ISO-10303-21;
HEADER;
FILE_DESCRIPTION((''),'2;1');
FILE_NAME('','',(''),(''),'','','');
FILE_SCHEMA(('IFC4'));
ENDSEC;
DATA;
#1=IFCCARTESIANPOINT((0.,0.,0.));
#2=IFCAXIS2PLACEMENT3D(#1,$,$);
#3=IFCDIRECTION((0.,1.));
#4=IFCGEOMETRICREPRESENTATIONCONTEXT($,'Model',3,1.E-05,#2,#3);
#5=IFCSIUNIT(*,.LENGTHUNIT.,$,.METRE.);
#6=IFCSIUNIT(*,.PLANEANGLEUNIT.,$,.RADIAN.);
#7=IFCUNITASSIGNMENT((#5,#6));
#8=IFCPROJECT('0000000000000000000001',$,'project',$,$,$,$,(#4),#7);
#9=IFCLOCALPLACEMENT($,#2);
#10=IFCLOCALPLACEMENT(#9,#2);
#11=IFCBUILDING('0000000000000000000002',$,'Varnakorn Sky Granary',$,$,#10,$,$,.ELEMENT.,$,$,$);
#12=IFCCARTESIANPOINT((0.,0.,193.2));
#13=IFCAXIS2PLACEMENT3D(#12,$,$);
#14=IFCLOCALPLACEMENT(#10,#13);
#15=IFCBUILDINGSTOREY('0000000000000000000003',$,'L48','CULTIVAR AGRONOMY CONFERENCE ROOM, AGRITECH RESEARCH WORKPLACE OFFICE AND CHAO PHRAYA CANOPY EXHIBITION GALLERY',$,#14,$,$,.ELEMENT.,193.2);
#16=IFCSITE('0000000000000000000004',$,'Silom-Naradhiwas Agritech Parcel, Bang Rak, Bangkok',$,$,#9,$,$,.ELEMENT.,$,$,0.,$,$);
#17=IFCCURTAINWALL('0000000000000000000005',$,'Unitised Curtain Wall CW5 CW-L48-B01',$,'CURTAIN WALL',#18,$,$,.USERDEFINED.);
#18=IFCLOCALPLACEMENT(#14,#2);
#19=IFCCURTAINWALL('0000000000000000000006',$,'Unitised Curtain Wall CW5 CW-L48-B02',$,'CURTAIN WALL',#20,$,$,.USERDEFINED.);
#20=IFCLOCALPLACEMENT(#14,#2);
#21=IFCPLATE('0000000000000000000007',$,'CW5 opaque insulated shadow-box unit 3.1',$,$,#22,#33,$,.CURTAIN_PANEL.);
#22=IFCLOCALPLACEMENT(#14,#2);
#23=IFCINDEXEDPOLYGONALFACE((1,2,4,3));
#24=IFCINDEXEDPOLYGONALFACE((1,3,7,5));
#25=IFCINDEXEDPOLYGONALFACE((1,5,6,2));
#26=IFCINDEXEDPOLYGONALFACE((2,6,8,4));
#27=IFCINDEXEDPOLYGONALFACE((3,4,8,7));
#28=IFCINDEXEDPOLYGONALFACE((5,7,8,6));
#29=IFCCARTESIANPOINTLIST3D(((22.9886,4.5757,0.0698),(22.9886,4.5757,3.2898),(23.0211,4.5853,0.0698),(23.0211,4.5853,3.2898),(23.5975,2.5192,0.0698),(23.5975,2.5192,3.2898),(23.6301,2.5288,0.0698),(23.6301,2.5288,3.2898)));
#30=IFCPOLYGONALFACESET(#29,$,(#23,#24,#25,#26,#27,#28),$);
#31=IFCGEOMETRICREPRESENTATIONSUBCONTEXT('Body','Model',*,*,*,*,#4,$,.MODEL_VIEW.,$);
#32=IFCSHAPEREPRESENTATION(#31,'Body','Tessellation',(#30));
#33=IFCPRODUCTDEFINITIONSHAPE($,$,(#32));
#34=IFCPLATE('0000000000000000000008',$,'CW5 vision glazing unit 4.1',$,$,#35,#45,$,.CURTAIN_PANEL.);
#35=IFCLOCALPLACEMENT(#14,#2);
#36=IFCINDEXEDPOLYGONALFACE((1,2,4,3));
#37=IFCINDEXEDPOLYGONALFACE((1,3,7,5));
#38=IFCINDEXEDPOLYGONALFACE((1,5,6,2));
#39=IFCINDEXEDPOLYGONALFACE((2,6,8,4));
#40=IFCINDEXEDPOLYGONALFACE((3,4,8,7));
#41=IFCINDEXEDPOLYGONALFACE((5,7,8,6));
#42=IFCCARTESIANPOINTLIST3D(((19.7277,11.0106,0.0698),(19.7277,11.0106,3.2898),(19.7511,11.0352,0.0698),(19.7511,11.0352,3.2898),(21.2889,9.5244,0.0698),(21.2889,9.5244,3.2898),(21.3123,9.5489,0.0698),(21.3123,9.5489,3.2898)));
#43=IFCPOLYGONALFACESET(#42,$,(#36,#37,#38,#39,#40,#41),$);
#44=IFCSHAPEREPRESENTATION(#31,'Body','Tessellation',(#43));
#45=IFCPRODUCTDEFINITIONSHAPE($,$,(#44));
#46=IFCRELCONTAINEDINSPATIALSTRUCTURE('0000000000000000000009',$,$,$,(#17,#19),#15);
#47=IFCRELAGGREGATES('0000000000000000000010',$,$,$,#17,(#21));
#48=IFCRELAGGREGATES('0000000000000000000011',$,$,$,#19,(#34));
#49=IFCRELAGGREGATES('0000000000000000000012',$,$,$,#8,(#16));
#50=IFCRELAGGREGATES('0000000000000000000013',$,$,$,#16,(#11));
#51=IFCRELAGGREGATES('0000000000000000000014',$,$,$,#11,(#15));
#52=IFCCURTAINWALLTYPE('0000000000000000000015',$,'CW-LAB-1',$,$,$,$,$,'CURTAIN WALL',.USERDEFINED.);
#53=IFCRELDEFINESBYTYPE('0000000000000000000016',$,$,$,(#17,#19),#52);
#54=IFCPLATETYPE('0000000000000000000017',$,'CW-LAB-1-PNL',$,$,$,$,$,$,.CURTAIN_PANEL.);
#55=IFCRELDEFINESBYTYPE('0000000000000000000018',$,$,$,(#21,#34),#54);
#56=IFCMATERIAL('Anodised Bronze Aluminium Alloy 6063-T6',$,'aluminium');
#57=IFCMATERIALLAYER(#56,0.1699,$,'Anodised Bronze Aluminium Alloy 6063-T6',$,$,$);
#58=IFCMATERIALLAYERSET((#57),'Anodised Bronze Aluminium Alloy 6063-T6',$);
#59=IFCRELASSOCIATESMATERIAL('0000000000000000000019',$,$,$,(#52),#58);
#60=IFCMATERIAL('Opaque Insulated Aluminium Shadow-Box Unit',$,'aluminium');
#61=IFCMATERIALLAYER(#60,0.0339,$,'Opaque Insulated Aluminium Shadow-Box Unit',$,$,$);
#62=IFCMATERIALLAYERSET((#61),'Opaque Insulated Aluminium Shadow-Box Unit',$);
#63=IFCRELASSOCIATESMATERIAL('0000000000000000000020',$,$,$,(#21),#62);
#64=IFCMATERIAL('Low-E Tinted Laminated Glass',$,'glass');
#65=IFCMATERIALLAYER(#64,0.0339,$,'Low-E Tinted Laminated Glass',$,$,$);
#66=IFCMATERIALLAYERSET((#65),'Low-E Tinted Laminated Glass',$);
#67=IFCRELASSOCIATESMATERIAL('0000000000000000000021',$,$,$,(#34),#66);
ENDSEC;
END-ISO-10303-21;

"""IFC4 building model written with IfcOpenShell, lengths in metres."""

from ifc_helpers import new_model, si_unit, direction, frame, origin, origin_2d, place, context, subcontext, project, spatial, rectangle, extrude, source, transform, mapped, material, layer, layer_set, type_object, element, aggregate, save


model = new_model("IFC4")

# Units and contexts
model_context = context("Model", 3, precision=1e-05, world=origin(), true_north=direction((0.0, 1.0)))
body_context = subcontext(model_context, "Body", "Model", "MODEL_VIEW")
ifc_project = project(units=[si_unit("LENGTHUNIT", "METRE"), si_unit("PLANEANGLEUNIT", "RADIAN")], contexts=[model_context])

# Site, building, storey
site_placement = place(None, origin())
site = spatial("IfcSite", under=ifc_project, at=site_placement, Name="Silom-Naradhiwas Agritech Parcel, Bang Rak, Bangkok", CompositionType="ELEMENT", RefElevation=0.0)
building_placement = place(site_placement, origin())
building = spatial("IfcBuilding", under=site, at=building_placement, Name="Varnakorn Sky Granary", CompositionType="ELEMENT")
storey_placement = place(building_placement, frame((0.0, 0.0, 193.2)))
storey = spatial("IfcBuildingStorey", under=building, at=storey_placement, Name="L48", Description="CULTIVAR AGRONOMY CONFERENCE ROOM, AGRITECH RESEARCH WORKPLACE OFFICE AND CHAO PHRAYA CANOPY EXHIBITION GALLERY", CompositionType="ELEMENT", Elevation=193.2)

# Curtain wall
ifc_material_1 = material(Name="Anodised Bronze Aluminium Alloy 6063-T6", Category="aluminium")
ifc_layer_1 = layer(ifc_material_1, 0.1699, Name="Anodised Bronze Aluminium Alloy 6063-T6")
ifc_layer_set_1 = layer_set([ifc_layer_1], Name="Anodised Bronze Aluminium Alloy 6063-T6")
curtain_wall_type = type_object("IfcCurtainWallType", Name="CW-LAB-1", ElementType="CURTAIN WALL", PredefinedType="USERDEFINED", material=ifc_layer_set_1)
curtain_wall_1_placement = place(storey_placement, origin())
curtain_wall_1 = element("IfcCurtainWall", 1, at=curtain_wall_1_placement, inside=storey, type_object=curtain_wall_type, Name="Unitised Curtain Wall CW5 CW-L48-B01", ObjectType="CURTAIN WALL", PredefinedType="USERDEFINED")

# Curtain wall
curtain_wall_2_placement = place(storey_placement, origin())
curtain_wall_2 = element("IfcCurtainWall", 2, at=curtain_wall_2_placement, inside=storey, type_object=curtain_wall_type, Name="Unitised Curtain Wall CW5 CW-L48-B02", ObjectType="CURTAIN WALL", PredefinedType="USERDEFINED")

# Plates
ifc_material_2 = material(Name="Low-E Tinted Laminated Glass", Category="glass")
ifc_layer_2 = layer(ifc_material_2, 0.0339, Name="Low-E Tinted Laminated Glass")
ifc_layer_set_2 = layer_set([ifc_layer_2], Name="Low-E Tinted Laminated Glass")
plate_type = type_object("IfcPlateType", Name="CW-LAB-1-PNL", PredefinedType="CURTAIN_PANEL")
ifc_material_3 = material(Name="Opaque Insulated Aluminium Shadow-Box Unit", Category="aluminium")
ifc_layer_3 = layer(ifc_material_3, 0.0339, Name="Opaque Insulated Aluminium Shadow-Box Unit")
ifc_layer_set_3 = layer_set([ifc_layer_3], Name="Opaque Insulated Aluminium Shadow-Box Unit")
shared_shape_1 = source(origin(), body_context, "Body", "SweptSolid", [
    extrude(rectangle(XDim=2.1448, YDim=0.0339, at=origin_2d()), origin(), (0.0, 0.0, 1.0), 3.22),
])
plate_1_placement = place(storey_placement, frame((23.3093, 3.5522, 0.0698), z_axis=(0.0, 0.0, 1.0), x_axis=(0.283921, -0.958848, 0.0)))
plate_1 = element("IfcPlate", 3, at=plate_1_placement, type_object=plate_type, material=ifc_layer_set_3, Name="CW5 opaque insulated shadow-box unit 3.1", PredefinedType="CURTAIN_PANEL", context=body_context, shape_type="MappedRepresentation", body=[
    mapped(shared_shape_1, transform((0.0, 0.0, 0.0), x_axis=(1.0, 0.0, 0.0), y_axis=(0.0, 1.0, 0.0), z_axis=(0.0, 0.0, 1.0), scale=1.0)),
])
aggregate(curtain_wall_1, [plate_1])
shared_shape_2 = source(origin(), body_context, "Body", "SweptSolid", [
    extrude(rectangle(XDim=2.1555, YDim=0.0339, at=origin_2d()), origin(), (0.0, 0.0, 1.0), 3.22),
])
plate_2_placement = place(storey_placement, frame((20.52, 10.2798, 0.0698), z_axis=(0.0, 0.0, 1.0), x_axis=(0.72427, -0.689516, 0.0)))
plate_2 = element("IfcPlate", 4, at=plate_2_placement, type_object=plate_type, material=ifc_layer_set_2, Name="CW5 vision glazing unit 4.1", PredefinedType="CURTAIN_PANEL", context=body_context, shape_type="MappedRepresentation", body=[
    mapped(shared_shape_2, transform((0.0, 0.0, 0.0), x_axis=(1.0, 0.0, 0.0), y_axis=(0.0, 1.0, 0.0), z_axis=(0.0, 0.0, 1.0), scale=1.0)),
])
aggregate(curtain_wall_2, [plate_2])

save(model, "model.ifc")
